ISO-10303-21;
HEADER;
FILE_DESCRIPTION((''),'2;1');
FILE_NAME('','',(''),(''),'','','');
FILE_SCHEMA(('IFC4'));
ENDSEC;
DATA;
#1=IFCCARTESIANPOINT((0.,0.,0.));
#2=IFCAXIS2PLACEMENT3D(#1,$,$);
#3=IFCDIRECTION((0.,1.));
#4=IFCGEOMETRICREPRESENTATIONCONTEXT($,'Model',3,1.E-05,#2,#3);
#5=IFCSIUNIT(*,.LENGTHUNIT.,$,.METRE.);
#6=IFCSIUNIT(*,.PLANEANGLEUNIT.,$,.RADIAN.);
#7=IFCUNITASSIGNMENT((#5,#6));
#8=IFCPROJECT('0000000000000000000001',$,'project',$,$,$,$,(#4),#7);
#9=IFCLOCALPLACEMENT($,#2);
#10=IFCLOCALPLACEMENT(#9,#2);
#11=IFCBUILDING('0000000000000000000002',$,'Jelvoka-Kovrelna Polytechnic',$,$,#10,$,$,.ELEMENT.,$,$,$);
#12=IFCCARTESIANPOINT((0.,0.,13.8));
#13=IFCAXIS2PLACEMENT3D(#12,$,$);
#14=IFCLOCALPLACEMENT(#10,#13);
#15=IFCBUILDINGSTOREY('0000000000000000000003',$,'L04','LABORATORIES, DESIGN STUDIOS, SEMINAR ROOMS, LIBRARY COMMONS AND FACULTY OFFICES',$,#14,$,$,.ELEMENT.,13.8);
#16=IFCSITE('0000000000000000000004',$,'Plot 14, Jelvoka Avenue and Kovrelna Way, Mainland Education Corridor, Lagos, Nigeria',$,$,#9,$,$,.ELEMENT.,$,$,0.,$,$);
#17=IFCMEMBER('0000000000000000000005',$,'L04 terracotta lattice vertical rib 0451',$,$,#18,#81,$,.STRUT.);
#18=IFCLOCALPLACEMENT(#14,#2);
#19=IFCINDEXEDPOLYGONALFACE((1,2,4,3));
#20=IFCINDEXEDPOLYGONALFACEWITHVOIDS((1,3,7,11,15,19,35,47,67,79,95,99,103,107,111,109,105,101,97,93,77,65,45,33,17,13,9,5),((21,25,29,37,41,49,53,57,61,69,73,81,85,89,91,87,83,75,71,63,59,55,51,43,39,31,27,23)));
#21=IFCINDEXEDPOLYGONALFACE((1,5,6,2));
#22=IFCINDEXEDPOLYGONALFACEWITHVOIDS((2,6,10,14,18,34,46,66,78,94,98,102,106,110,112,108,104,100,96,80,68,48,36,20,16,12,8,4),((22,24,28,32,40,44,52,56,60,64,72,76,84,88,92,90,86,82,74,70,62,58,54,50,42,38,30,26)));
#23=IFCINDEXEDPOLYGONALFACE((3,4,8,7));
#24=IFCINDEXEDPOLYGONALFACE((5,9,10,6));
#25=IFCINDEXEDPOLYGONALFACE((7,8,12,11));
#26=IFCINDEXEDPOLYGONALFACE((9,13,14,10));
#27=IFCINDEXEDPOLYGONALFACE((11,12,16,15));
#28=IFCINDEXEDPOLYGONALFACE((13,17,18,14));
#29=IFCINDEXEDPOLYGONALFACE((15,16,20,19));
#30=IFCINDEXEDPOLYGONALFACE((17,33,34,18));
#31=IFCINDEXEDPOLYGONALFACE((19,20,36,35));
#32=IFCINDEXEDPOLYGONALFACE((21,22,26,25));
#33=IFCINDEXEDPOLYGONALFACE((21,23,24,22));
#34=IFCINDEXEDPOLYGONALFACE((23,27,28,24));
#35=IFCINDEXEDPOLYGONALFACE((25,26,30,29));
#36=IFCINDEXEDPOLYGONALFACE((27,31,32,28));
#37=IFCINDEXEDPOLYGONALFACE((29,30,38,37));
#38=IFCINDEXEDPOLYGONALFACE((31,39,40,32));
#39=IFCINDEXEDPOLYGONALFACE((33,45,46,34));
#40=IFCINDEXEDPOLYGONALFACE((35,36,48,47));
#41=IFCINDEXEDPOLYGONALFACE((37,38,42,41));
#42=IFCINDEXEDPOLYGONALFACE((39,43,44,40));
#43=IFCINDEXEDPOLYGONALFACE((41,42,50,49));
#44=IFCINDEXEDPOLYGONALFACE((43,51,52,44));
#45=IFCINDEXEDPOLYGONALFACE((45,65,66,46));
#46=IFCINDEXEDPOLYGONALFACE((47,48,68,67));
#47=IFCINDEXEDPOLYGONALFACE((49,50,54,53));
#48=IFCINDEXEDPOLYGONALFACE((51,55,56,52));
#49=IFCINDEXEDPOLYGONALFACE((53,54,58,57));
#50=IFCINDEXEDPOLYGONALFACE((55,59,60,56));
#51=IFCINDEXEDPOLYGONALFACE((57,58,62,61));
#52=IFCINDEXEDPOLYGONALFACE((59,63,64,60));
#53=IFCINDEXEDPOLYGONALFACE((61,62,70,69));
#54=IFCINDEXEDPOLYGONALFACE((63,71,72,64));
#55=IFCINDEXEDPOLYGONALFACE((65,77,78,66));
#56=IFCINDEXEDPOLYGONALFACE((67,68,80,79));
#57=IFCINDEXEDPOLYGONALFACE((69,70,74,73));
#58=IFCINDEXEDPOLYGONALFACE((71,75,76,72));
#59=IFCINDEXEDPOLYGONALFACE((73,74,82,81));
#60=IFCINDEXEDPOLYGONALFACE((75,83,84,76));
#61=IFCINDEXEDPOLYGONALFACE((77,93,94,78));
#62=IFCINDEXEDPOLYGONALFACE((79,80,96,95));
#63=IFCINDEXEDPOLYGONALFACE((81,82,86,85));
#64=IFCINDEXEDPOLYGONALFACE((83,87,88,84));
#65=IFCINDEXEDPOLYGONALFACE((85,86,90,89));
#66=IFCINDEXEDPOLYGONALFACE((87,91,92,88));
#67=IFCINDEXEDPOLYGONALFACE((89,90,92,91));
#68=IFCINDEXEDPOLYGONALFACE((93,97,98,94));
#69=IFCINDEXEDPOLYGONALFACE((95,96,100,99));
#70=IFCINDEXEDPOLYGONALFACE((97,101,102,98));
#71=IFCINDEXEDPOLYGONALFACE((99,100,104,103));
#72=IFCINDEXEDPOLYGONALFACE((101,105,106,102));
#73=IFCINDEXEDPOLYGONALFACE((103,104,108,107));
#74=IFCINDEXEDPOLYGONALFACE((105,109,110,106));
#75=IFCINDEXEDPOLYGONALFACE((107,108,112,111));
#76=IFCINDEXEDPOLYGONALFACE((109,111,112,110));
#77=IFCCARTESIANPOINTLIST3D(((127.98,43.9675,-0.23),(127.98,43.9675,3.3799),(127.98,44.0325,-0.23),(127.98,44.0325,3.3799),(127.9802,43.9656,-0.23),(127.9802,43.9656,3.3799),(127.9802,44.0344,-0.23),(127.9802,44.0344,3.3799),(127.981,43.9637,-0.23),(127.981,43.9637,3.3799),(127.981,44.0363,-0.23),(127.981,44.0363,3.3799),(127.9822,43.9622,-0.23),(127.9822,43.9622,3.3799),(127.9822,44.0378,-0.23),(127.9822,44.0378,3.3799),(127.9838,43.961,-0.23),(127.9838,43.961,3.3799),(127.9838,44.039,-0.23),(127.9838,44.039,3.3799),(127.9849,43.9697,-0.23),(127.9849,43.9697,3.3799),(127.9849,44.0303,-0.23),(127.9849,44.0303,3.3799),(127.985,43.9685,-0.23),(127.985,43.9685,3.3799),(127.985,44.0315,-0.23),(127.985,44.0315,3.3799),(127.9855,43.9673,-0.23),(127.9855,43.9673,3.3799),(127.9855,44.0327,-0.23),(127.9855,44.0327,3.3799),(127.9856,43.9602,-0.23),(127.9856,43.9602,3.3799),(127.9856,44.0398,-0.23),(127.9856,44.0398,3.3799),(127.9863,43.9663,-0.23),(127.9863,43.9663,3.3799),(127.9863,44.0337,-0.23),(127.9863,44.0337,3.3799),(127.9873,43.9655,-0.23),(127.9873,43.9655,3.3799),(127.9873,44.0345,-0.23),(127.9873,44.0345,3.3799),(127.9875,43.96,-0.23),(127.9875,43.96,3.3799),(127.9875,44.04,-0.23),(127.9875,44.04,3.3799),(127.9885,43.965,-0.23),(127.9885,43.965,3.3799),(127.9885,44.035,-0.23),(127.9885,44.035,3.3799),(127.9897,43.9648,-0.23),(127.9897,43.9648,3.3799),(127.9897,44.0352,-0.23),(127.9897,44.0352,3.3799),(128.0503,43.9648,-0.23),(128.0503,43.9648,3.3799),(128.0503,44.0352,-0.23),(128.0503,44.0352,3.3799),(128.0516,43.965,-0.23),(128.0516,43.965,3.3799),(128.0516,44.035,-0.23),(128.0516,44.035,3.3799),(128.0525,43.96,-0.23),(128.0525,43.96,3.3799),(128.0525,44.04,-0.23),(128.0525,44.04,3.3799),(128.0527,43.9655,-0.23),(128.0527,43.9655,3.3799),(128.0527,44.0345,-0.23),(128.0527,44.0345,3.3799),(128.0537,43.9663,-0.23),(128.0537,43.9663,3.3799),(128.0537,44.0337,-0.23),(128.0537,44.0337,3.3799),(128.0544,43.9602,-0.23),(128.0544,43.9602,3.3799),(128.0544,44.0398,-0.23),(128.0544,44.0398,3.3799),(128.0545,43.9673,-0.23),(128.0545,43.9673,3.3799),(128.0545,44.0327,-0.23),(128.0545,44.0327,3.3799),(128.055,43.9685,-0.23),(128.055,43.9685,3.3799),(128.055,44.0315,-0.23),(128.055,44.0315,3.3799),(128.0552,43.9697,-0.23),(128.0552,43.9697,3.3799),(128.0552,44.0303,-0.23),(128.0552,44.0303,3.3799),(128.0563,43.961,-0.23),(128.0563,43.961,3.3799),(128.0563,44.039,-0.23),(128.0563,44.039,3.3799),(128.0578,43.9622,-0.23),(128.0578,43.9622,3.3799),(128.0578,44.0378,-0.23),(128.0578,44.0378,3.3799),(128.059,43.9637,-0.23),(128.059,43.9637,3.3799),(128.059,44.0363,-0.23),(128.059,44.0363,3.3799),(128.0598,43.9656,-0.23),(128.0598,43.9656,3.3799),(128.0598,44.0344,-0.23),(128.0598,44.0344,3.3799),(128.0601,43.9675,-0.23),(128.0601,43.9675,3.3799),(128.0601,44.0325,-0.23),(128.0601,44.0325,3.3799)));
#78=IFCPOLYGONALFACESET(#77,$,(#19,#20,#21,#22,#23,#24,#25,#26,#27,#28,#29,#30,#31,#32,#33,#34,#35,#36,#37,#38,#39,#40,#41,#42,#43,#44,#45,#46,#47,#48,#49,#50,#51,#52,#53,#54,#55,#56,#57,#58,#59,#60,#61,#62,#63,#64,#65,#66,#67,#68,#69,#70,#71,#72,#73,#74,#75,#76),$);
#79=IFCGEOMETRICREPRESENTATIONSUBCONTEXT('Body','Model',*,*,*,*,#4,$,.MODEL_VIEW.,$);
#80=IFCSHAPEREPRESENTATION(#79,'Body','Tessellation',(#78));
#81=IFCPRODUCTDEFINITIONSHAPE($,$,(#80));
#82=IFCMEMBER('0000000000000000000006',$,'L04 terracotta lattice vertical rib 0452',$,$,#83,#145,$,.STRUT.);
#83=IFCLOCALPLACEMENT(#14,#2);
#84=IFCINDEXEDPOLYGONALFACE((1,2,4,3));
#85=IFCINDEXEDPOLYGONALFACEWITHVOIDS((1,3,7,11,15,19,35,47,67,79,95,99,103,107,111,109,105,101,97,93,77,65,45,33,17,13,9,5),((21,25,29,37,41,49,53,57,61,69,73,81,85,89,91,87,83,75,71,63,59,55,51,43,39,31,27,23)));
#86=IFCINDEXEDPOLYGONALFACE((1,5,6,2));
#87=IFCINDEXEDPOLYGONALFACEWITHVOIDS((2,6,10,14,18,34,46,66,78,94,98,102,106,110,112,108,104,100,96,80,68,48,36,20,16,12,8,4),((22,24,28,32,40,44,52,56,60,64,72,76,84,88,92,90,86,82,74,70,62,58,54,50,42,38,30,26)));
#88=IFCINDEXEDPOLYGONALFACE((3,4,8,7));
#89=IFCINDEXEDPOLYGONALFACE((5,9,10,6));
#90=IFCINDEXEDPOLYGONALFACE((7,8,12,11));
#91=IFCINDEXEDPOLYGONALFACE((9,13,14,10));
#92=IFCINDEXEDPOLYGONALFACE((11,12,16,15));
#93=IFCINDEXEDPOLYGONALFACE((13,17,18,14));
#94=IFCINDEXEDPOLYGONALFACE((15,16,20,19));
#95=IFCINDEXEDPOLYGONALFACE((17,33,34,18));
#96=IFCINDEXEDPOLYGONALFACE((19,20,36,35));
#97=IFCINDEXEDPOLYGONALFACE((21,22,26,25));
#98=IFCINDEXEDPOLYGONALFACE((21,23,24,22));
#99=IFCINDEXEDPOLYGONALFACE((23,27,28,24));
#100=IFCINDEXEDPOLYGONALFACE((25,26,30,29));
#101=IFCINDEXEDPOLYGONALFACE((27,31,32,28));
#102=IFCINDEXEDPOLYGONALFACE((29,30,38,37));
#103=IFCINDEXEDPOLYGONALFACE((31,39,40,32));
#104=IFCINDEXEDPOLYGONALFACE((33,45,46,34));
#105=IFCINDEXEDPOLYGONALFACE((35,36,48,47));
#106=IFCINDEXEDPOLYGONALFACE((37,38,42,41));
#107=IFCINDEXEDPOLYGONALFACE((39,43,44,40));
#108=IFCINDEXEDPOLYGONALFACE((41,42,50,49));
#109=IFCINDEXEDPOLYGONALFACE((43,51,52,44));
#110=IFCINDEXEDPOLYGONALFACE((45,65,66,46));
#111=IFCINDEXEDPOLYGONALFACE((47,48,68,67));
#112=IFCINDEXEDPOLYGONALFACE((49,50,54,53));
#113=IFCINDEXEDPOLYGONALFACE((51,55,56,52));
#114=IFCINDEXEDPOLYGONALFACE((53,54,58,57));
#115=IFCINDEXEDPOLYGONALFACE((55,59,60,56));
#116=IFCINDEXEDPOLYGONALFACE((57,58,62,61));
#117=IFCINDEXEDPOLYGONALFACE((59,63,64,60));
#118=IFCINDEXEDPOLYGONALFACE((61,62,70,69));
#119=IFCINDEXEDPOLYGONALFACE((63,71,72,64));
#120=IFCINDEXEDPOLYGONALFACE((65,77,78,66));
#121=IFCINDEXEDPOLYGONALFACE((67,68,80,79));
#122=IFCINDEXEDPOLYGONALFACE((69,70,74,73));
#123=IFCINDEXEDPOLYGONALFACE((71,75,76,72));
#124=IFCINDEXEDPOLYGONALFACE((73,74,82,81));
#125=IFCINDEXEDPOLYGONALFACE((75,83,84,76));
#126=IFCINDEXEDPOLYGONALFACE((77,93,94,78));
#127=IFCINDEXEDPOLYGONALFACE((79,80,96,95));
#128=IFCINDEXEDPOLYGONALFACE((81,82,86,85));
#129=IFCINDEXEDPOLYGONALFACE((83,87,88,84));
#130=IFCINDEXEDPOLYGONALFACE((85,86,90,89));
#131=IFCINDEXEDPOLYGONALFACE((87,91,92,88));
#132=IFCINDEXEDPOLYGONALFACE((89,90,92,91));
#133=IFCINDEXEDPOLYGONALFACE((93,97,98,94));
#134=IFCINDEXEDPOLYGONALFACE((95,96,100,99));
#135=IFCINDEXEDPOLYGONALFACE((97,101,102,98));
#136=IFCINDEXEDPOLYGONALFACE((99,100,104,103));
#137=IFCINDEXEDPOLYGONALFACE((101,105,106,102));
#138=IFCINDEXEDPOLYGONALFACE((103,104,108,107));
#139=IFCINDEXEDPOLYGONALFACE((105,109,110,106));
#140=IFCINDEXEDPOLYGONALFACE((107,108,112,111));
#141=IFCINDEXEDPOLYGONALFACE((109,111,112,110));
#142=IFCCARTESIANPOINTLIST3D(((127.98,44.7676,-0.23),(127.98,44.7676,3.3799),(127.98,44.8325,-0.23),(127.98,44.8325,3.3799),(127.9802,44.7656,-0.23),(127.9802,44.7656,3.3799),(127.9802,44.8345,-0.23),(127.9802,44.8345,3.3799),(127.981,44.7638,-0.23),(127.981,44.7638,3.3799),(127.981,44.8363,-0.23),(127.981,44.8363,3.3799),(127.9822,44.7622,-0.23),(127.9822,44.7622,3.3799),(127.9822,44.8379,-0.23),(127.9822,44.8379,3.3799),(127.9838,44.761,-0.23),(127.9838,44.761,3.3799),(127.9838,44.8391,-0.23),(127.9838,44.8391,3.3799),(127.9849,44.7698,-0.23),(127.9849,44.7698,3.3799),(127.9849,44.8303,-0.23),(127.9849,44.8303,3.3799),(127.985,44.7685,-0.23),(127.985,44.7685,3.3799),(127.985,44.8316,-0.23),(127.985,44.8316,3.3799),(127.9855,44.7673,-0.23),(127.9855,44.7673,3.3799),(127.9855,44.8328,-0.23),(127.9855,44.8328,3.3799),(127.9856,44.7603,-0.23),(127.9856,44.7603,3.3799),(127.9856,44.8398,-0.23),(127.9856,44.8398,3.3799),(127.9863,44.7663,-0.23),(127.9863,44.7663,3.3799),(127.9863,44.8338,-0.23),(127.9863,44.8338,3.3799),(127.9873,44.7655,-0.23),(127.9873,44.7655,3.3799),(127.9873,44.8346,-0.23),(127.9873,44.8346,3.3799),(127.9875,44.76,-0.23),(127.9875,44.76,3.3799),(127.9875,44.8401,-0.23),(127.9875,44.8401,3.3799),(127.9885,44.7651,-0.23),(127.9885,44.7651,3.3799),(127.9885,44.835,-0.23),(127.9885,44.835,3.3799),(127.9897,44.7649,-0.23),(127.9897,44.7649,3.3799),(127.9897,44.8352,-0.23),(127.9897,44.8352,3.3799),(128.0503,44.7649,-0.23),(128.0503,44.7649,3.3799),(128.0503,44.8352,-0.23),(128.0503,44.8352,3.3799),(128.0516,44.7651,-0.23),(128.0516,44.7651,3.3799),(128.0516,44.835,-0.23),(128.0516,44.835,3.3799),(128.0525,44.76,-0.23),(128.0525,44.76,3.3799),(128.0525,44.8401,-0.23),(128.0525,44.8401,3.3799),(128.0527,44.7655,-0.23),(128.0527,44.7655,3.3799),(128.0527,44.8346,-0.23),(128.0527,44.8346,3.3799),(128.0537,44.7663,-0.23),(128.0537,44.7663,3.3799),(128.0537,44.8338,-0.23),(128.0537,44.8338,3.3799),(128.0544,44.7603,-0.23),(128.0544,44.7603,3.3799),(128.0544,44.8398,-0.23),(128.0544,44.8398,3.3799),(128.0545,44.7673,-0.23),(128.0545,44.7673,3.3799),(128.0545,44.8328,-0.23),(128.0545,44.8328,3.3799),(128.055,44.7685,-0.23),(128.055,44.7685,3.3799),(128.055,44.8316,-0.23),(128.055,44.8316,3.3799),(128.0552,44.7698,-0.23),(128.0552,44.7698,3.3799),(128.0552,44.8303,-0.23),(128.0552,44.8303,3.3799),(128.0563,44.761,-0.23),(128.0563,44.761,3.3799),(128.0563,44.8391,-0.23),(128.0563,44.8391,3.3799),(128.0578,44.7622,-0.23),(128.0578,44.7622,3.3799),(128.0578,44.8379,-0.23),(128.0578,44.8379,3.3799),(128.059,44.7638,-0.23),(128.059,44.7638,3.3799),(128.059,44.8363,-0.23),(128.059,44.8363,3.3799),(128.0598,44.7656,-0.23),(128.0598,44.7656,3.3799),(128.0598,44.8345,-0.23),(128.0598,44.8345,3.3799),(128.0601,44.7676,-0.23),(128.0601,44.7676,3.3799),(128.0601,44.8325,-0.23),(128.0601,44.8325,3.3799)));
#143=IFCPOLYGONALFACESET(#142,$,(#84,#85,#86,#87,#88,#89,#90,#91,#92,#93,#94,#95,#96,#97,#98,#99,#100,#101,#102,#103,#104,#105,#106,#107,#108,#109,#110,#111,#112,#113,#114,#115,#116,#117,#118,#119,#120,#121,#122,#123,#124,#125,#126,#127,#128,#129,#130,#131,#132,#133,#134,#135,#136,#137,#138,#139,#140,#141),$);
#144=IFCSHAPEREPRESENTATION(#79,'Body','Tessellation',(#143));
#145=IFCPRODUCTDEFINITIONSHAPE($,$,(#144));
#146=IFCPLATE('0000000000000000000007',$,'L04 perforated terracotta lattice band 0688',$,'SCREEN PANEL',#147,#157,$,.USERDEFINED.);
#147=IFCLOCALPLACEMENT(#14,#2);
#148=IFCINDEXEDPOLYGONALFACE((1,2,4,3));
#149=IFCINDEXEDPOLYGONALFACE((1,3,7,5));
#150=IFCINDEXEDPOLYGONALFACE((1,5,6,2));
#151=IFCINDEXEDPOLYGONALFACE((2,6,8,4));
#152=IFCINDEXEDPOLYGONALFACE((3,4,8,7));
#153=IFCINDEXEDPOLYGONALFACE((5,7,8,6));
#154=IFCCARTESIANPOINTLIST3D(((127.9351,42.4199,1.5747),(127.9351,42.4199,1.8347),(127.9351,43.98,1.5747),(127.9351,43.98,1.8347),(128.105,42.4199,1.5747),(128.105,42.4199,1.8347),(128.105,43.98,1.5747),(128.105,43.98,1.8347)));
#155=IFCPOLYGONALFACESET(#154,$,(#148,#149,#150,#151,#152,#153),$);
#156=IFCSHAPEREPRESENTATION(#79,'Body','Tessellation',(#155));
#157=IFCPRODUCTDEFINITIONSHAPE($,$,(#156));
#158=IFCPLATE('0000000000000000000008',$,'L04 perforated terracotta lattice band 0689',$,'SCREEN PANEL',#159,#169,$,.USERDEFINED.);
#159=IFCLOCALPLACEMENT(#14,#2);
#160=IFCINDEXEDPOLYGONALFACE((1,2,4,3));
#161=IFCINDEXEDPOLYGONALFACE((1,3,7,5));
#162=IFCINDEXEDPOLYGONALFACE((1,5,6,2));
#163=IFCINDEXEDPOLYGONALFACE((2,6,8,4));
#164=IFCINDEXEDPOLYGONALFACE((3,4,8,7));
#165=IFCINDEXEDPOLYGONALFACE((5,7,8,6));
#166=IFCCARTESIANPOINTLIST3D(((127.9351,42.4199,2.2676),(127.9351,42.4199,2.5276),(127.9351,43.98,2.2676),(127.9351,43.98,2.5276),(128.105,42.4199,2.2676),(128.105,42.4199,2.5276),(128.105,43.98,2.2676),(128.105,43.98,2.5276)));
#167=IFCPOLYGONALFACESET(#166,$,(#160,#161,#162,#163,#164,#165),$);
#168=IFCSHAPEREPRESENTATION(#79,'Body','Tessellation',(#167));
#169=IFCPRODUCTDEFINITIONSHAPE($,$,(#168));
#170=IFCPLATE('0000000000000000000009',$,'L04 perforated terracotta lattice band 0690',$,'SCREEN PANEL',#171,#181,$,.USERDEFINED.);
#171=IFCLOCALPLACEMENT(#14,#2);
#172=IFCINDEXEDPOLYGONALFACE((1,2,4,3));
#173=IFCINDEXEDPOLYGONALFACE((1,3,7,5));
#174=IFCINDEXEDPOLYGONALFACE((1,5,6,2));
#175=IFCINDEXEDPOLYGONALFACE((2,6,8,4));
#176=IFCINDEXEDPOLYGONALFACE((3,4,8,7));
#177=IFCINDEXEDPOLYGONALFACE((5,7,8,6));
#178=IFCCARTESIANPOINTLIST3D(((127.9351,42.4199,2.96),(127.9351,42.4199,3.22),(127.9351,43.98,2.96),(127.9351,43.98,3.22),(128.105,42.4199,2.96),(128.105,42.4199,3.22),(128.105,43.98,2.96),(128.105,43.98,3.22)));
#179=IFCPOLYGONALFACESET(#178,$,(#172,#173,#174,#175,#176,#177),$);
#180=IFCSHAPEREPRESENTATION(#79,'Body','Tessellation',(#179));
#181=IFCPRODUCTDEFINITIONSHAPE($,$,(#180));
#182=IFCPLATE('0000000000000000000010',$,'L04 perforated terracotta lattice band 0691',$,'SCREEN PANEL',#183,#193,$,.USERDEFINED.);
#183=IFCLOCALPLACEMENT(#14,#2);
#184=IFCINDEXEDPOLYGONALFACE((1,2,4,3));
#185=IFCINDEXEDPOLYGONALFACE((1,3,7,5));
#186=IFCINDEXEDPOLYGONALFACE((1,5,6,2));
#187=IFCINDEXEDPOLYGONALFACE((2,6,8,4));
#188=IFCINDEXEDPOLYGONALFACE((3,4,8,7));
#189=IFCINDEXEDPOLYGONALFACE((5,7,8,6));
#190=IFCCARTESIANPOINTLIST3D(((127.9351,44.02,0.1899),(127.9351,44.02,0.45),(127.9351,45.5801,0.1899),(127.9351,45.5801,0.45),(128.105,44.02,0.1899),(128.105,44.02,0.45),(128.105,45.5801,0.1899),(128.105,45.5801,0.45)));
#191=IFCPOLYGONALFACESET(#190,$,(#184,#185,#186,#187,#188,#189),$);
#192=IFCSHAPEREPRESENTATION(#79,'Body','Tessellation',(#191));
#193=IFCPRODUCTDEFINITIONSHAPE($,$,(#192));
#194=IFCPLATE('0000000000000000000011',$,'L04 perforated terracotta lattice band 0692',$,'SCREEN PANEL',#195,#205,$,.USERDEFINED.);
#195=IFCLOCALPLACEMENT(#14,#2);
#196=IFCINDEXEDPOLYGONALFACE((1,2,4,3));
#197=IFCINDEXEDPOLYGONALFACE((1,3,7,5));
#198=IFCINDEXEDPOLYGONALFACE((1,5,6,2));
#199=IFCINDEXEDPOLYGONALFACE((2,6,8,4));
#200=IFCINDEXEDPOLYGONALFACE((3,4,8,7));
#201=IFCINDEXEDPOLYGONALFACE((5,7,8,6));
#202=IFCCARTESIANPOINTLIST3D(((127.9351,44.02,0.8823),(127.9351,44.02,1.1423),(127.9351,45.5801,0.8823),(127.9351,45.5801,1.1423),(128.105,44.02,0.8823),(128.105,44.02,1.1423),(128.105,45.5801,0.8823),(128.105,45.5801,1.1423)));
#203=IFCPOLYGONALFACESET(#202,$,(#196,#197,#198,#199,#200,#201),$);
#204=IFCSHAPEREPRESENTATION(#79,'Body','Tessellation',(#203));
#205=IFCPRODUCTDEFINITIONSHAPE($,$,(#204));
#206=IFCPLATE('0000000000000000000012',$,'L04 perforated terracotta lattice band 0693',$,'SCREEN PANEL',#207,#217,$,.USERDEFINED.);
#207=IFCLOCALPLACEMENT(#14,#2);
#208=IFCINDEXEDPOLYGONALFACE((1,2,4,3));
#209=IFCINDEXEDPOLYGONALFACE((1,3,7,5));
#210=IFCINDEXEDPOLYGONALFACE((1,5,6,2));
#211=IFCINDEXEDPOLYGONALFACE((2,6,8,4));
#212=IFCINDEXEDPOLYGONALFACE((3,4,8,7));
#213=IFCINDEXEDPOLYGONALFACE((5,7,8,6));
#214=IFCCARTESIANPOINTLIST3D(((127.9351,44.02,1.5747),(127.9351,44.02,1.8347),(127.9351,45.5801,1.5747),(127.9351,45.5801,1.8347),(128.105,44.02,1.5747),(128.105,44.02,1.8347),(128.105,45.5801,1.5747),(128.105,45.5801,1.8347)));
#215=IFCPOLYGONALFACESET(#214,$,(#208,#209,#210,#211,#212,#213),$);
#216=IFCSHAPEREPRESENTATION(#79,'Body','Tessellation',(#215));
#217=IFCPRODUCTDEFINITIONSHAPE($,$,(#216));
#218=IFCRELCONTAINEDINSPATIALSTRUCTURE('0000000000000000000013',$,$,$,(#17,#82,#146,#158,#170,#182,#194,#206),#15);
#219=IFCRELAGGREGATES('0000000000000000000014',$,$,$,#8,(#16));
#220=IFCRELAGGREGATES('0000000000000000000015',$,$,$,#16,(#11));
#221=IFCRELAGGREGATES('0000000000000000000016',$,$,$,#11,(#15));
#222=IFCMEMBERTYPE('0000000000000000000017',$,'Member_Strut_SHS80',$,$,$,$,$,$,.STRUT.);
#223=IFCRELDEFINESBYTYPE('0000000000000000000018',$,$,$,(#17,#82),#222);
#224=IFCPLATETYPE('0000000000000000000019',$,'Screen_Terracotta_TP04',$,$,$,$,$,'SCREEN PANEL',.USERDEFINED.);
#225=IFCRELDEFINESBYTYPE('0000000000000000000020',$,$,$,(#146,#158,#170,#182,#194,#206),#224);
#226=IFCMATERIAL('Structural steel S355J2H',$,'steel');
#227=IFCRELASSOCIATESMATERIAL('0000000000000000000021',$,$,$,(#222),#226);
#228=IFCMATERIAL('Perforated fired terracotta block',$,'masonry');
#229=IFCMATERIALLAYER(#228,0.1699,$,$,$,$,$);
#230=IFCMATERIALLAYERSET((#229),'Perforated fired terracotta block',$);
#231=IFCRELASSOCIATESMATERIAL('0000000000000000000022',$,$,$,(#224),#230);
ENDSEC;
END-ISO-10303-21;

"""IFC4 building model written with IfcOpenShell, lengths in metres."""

from ifc_helpers import new_model, si_unit, direction, frame, origin, origin_2d, place, context, subcontext, project, spatial, rectangle, hollow_rectangle, extrude, material, layer, layer_set, material_profile, profile_set, type_object, element, save


model = new_model("IFC4")

# Units and contexts
model_context = context("Model", 3, precision=1e-05, world=origin(), true_north=direction((0.0, 1.0)))
body_context = subcontext(model_context, "Body", "Model", "MODEL_VIEW")
ifc_project = project(units=[si_unit("LENGTHUNIT", "METRE"), si_unit("PLANEANGLEUNIT", "RADIAN")], contexts=[model_context])

# Site, building, storey
site_placement = place(None, origin())
site = spatial("IfcSite", under=ifc_project, at=site_placement, Name="Plot 14, Jelvoka Avenue and Kovrelna Way, Mainland Education Corridor, Lagos, Nigeria", CompositionType="ELEMENT", RefElevation=0.0)
building_placement = place(site_placement, origin())
building = spatial("IfcBuilding", under=site, at=building_placement, Name="Jelvoka-Kovrelna Polytechnic", CompositionType="ELEMENT")
storey_placement = place(building_placement, frame((0.0, 0.0, 13.8)))
storey = spatial("IfcBuildingStorey", under=building, at=storey_placement, Name="L04", Description="LABORATORIES, DESIGN STUDIOS, SEMINAR ROOMS, LIBRARY COMMONS AND FACULTY OFFICES", CompositionType="ELEMENT", Elevation=13.8)

# Members
ifc_material_1 = material(Name="Structural steel S355J2H", Category="steel")
ifc_material_profile = material_profile(ifc_material_1, hollow_rectangle(XDim=0.0801, YDim=0.0801, WallThickness=0.0049, InnerFilletRadius=0.0049, OuterFilletRadius=0.0076, at=origin_2d()), Name="80x80x5.0 SHS")
ifc_profile_set = profile_set([ifc_material_profile], Name="Structural steel S355J2H")
member_type = type_object("IfcMemberType", Name="Member_Strut_SHS80", PredefinedType="STRUT", material=ifc_profile_set)
for number, where, z_axis, x_axis, name in (
    (1, (128.02, 44.0, -0.23), (0.0, 0.0, 1.0), (1.0, 0.0, 0.0), "L04 terracotta lattice vertical rib 0451"),
    (2, (128.02, 44.8, -0.23), (0.0, 0.0, 1.0), (1.0, 0.0, 0.0), "L04 terracotta lattice vertical rib 0452"),
):
    element("IfcMember", number, at=place(storey_placement, frame(where, z_axis=z_axis, x_axis=x_axis)), inside=storey, type_object=member_type, Name=name, PredefinedType="STRUT", context=body_context, shape_type="SweptSolid", body=[
        extrude(hollow_rectangle(XDim=0.0801, YDim=0.0801, WallThickness=0.0049, InnerFilletRadius=0.0049, OuterFilletRadius=0.0076, at=origin_2d()), origin(), (0.0, 0.0, 1.0), 3.6099),
    ])

# Plates
ifc_material_2 = material(Name="Perforated fired terracotta block", Category="masonry")
ifc_layer_1 = layer(ifc_material_2, 0.1699)
ifc_layer_set_1 = layer_set([ifc_layer_1], Name="Perforated fired terracotta block")
plate_type = type_object("IfcPlateType", Name="Screen_Terracotta_TP04", ElementType="SCREEN PANEL", PredefinedType="USERDEFINED", material=ifc_layer_set_1)
for number, where, z_axis, x_axis, name in (
    (3, (128.02, 43.2, 1.5747), (0.0, 0.0, 1.0), (0.0, 1.0, 0.0), "L04 perforated terracotta lattice band 0688"),
    (4, (128.02, 43.2, 2.2676), (0.0, 0.0, 1.0), (0.0, 1.0, 0.0), "L04 perforated terracotta lattice band 0689"),
    (5, (128.02, 43.2, 2.96), (0.0, 0.0, 1.0), (0.0, 1.0, 0.0), "L04 perforated terracotta lattice band 0690"),
    (6, (128.02, 44.8, 0.1899), (0.0, 0.0, 1.0), (0.0, 1.0, 0.0), "L04 perforated terracotta lattice band 0691"),
    (7, (128.02, 44.8, 0.8823), (0.0, 0.0, 1.0), (0.0, 1.0, 0.0), "L04 perforated terracotta lattice band 0692"),
    (8, (128.02, 44.8, 1.5747), (0.0, 0.0, 1.0), (0.0, 1.0, 0.0), "L04 perforated terracotta lattice band 0693"),
):
    element("IfcPlate", number, at=place(storey_placement, frame(where, z_axis=z_axis, x_axis=x_axis)), inside=storey, type_object=plate_type, Name=name, ObjectType="SCREEN PANEL", PredefinedType="USERDEFINED", context=body_context, shape_type="SweptSolid", body=[
        extrude(rectangle(XDim=1.5601, YDim=0.1699, at=origin_2d()), origin(), (0.0, 0.0, 1.0), 0.26),
    ])

save(model, "model.ifc")
